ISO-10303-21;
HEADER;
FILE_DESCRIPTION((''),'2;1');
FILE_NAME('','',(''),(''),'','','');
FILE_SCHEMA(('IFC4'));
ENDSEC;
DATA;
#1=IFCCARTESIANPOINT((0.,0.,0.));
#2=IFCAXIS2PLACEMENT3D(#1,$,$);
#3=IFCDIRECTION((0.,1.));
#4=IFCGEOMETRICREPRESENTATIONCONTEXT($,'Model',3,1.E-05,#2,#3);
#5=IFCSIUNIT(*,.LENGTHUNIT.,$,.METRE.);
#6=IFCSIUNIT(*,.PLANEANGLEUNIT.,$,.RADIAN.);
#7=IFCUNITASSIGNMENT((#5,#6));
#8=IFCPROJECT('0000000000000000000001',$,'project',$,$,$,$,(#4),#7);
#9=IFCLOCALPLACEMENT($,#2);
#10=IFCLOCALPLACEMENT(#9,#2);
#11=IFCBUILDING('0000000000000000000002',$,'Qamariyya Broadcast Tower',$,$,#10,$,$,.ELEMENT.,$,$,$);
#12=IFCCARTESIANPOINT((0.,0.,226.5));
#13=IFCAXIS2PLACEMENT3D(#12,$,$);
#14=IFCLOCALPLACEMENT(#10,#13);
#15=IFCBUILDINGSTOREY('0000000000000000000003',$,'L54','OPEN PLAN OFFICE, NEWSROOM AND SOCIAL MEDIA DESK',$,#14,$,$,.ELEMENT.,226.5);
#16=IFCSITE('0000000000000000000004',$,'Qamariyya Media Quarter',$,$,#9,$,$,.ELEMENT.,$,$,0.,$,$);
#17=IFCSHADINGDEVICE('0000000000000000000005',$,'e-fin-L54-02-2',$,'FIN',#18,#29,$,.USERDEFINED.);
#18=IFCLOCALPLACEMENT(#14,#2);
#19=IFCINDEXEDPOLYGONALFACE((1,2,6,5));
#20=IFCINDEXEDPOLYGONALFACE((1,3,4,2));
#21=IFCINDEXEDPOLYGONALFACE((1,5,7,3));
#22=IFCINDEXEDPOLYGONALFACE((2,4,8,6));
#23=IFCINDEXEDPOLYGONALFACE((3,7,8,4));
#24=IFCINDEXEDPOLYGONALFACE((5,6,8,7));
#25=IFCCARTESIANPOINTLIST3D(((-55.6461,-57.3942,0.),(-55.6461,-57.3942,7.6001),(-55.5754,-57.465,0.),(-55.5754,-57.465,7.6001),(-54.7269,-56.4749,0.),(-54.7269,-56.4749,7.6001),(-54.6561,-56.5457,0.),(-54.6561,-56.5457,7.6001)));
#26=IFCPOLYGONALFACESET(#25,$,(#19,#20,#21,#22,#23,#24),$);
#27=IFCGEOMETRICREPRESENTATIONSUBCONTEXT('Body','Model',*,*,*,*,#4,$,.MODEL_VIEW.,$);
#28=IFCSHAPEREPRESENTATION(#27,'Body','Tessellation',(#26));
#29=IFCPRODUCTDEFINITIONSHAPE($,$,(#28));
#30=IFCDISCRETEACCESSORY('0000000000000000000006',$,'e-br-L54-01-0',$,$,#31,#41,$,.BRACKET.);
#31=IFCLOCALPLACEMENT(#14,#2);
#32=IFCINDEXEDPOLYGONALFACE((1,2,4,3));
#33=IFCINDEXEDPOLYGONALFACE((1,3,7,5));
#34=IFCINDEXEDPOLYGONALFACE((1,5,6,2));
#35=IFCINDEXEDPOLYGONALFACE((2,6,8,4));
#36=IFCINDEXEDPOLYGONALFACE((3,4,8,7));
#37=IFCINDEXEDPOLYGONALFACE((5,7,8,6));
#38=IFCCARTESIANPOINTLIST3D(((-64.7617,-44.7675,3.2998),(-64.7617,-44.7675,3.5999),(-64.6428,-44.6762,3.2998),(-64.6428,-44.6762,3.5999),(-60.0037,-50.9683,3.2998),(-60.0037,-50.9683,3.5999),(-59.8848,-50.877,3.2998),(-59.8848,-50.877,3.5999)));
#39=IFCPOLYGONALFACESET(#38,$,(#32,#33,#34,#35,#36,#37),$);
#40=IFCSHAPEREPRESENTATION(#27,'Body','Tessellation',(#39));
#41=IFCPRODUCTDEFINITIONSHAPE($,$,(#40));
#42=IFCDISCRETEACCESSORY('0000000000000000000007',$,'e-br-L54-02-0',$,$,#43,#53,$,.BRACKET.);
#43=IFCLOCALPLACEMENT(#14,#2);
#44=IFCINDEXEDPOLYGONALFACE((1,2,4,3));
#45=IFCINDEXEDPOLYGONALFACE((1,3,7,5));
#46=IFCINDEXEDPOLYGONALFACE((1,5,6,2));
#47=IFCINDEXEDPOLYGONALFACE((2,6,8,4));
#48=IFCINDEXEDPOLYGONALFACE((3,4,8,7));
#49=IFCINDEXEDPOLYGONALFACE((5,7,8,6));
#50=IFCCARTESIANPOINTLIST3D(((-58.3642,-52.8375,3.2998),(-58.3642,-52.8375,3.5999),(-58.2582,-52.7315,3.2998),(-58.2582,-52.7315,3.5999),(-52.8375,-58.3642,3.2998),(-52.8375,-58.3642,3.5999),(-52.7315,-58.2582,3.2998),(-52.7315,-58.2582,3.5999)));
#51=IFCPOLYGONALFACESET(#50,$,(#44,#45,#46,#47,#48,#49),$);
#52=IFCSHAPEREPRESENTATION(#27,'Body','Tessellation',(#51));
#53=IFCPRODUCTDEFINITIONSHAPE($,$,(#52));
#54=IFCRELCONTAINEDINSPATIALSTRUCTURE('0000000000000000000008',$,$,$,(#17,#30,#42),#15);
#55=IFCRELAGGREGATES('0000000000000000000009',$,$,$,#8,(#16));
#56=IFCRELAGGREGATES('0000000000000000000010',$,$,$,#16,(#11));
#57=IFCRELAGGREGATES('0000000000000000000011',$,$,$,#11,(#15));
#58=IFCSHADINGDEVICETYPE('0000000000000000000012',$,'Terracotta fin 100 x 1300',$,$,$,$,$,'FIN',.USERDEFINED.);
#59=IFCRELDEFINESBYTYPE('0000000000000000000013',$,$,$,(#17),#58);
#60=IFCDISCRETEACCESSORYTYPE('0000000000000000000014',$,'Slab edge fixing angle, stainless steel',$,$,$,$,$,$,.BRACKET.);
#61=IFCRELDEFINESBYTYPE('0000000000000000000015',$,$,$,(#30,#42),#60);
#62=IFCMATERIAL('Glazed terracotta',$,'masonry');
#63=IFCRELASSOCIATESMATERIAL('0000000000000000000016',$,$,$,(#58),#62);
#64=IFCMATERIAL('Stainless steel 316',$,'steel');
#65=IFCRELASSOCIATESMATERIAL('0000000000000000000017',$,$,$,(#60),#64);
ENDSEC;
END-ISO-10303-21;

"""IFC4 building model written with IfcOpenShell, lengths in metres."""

from ifc_helpers import new_model, si_unit, direction, frame, origin, origin_2d, place, context, subcontext, project, spatial, rectangle, extrude, material, material_profile, profile_set, type_object, element, save


model = new_model("IFC4")

# Units and contexts
model_context = context("Model", 3, precision=1e-05, world=origin(), true_north=direction((0.0, 1.0)))
body_context = subcontext(model_context, "Body", "Model", "MODEL_VIEW")
ifc_project = project(units=[si_unit("LENGTHUNIT", "METRE"), si_unit("PLANEANGLEUNIT", "RADIAN")], contexts=[model_context])

# Site, building, storey
site_placement = place(None, origin())
site = spatial("IfcSite", under=ifc_project, at=site_placement, Name="Qamariyya Media Quarter", CompositionType="ELEMENT", RefElevation=0.0)
building_placement = place(site_placement, origin())
building = spatial("IfcBuilding", under=site, at=building_placement, Name="Qamariyya Broadcast Tower", CompositionType="ELEMENT")
storey_placement = place(building_placement, frame((0.0, 0.0, 226.5)))
storey = spatial("IfcBuildingStorey", under=building, at=storey_placement, Name="L54", Description="OPEN PLAN OFFICE, NEWSROOM AND SOCIAL MEDIA DESK", CompositionType="ELEMENT", Elevation=226.5)

# Shading device
ifc_material_1 = material(Name="Glazed terracotta", Category="masonry")
ifc_material_profile_1 = material_profile(ifc_material_1, rectangle(XDim=1.3, YDim=0.1001, at=origin_2d()))
ifc_profile_set_1 = profile_set([ifc_material_profile_1], Name="Glazed terracotta")
shading_device_type_1 = type_object("IfcShadingDeviceType", Name="Terracotta fin 100 x 1300", ElementType="FIN", PredefinedType="USERDEFINED", material=ifc_profile_set_1)
for number, where, z_axis, x_axis, name in (
    (1, (-55.1511, -56.97, 0.0), (0.0, 0.0, 1.0), (-0.707107, -0.707107, 0.0), "e-fin-L54-02-2"),
):
    element("IfcShadingDevice", number, at=place(storey_placement, frame(where, z_axis=z_axis, x_axis=x_axis)), inside=storey, type_object=shading_device_type_1, Name=name, ObjectType="FIN", PredefinedType="USERDEFINED", context=body_context, shape_type="SweptSolid", body=[
        extrude(rectangle(XDim=1.3, YDim=0.1001, at=origin_2d()), origin(), (0.0, 0.0, 1.0), 7.6001),
    ])

# Discrete accessories
ifc_material_2 = material(Name="Stainless steel 316", Category="steel")
discrete_accessory_type = type_object("IfcDiscreteAccessoryType", Name="Slab edge fixing angle, stainless steel", PredefinedType="BRACKET", material=ifc_material_2)
for number, where, z_axis, x_axis, name in (
    (2, (-62.3232, -47.8223, 3.2998), (0.0, 0.0, 1.0), (0.608761, -0.793353, 0.0), "e-br-L54-01-0"),
    (3, (-55.5479, -55.5479, 3.2998), (0.0, 0.0, 1.0), (0.707107, -0.707107, 0.0), "e-br-L54-02-0"),
):
    element("IfcDiscreteAccessory", number, at=place(storey_placement, frame(where, z_axis=z_axis, x_axis=x_axis)), inside=storey, type_object=discrete_accessory_type, Name=name, PredefinedType="BRACKET", context=body_context, shape_type="SweptSolid", body=[
        extrude(rectangle(XDim=7.8159, YDim=0.1499, at=origin_2d()), origin(), (0.0, 0.0, 1.0), 0.3),
    ])

save(model, "model.ifc")
